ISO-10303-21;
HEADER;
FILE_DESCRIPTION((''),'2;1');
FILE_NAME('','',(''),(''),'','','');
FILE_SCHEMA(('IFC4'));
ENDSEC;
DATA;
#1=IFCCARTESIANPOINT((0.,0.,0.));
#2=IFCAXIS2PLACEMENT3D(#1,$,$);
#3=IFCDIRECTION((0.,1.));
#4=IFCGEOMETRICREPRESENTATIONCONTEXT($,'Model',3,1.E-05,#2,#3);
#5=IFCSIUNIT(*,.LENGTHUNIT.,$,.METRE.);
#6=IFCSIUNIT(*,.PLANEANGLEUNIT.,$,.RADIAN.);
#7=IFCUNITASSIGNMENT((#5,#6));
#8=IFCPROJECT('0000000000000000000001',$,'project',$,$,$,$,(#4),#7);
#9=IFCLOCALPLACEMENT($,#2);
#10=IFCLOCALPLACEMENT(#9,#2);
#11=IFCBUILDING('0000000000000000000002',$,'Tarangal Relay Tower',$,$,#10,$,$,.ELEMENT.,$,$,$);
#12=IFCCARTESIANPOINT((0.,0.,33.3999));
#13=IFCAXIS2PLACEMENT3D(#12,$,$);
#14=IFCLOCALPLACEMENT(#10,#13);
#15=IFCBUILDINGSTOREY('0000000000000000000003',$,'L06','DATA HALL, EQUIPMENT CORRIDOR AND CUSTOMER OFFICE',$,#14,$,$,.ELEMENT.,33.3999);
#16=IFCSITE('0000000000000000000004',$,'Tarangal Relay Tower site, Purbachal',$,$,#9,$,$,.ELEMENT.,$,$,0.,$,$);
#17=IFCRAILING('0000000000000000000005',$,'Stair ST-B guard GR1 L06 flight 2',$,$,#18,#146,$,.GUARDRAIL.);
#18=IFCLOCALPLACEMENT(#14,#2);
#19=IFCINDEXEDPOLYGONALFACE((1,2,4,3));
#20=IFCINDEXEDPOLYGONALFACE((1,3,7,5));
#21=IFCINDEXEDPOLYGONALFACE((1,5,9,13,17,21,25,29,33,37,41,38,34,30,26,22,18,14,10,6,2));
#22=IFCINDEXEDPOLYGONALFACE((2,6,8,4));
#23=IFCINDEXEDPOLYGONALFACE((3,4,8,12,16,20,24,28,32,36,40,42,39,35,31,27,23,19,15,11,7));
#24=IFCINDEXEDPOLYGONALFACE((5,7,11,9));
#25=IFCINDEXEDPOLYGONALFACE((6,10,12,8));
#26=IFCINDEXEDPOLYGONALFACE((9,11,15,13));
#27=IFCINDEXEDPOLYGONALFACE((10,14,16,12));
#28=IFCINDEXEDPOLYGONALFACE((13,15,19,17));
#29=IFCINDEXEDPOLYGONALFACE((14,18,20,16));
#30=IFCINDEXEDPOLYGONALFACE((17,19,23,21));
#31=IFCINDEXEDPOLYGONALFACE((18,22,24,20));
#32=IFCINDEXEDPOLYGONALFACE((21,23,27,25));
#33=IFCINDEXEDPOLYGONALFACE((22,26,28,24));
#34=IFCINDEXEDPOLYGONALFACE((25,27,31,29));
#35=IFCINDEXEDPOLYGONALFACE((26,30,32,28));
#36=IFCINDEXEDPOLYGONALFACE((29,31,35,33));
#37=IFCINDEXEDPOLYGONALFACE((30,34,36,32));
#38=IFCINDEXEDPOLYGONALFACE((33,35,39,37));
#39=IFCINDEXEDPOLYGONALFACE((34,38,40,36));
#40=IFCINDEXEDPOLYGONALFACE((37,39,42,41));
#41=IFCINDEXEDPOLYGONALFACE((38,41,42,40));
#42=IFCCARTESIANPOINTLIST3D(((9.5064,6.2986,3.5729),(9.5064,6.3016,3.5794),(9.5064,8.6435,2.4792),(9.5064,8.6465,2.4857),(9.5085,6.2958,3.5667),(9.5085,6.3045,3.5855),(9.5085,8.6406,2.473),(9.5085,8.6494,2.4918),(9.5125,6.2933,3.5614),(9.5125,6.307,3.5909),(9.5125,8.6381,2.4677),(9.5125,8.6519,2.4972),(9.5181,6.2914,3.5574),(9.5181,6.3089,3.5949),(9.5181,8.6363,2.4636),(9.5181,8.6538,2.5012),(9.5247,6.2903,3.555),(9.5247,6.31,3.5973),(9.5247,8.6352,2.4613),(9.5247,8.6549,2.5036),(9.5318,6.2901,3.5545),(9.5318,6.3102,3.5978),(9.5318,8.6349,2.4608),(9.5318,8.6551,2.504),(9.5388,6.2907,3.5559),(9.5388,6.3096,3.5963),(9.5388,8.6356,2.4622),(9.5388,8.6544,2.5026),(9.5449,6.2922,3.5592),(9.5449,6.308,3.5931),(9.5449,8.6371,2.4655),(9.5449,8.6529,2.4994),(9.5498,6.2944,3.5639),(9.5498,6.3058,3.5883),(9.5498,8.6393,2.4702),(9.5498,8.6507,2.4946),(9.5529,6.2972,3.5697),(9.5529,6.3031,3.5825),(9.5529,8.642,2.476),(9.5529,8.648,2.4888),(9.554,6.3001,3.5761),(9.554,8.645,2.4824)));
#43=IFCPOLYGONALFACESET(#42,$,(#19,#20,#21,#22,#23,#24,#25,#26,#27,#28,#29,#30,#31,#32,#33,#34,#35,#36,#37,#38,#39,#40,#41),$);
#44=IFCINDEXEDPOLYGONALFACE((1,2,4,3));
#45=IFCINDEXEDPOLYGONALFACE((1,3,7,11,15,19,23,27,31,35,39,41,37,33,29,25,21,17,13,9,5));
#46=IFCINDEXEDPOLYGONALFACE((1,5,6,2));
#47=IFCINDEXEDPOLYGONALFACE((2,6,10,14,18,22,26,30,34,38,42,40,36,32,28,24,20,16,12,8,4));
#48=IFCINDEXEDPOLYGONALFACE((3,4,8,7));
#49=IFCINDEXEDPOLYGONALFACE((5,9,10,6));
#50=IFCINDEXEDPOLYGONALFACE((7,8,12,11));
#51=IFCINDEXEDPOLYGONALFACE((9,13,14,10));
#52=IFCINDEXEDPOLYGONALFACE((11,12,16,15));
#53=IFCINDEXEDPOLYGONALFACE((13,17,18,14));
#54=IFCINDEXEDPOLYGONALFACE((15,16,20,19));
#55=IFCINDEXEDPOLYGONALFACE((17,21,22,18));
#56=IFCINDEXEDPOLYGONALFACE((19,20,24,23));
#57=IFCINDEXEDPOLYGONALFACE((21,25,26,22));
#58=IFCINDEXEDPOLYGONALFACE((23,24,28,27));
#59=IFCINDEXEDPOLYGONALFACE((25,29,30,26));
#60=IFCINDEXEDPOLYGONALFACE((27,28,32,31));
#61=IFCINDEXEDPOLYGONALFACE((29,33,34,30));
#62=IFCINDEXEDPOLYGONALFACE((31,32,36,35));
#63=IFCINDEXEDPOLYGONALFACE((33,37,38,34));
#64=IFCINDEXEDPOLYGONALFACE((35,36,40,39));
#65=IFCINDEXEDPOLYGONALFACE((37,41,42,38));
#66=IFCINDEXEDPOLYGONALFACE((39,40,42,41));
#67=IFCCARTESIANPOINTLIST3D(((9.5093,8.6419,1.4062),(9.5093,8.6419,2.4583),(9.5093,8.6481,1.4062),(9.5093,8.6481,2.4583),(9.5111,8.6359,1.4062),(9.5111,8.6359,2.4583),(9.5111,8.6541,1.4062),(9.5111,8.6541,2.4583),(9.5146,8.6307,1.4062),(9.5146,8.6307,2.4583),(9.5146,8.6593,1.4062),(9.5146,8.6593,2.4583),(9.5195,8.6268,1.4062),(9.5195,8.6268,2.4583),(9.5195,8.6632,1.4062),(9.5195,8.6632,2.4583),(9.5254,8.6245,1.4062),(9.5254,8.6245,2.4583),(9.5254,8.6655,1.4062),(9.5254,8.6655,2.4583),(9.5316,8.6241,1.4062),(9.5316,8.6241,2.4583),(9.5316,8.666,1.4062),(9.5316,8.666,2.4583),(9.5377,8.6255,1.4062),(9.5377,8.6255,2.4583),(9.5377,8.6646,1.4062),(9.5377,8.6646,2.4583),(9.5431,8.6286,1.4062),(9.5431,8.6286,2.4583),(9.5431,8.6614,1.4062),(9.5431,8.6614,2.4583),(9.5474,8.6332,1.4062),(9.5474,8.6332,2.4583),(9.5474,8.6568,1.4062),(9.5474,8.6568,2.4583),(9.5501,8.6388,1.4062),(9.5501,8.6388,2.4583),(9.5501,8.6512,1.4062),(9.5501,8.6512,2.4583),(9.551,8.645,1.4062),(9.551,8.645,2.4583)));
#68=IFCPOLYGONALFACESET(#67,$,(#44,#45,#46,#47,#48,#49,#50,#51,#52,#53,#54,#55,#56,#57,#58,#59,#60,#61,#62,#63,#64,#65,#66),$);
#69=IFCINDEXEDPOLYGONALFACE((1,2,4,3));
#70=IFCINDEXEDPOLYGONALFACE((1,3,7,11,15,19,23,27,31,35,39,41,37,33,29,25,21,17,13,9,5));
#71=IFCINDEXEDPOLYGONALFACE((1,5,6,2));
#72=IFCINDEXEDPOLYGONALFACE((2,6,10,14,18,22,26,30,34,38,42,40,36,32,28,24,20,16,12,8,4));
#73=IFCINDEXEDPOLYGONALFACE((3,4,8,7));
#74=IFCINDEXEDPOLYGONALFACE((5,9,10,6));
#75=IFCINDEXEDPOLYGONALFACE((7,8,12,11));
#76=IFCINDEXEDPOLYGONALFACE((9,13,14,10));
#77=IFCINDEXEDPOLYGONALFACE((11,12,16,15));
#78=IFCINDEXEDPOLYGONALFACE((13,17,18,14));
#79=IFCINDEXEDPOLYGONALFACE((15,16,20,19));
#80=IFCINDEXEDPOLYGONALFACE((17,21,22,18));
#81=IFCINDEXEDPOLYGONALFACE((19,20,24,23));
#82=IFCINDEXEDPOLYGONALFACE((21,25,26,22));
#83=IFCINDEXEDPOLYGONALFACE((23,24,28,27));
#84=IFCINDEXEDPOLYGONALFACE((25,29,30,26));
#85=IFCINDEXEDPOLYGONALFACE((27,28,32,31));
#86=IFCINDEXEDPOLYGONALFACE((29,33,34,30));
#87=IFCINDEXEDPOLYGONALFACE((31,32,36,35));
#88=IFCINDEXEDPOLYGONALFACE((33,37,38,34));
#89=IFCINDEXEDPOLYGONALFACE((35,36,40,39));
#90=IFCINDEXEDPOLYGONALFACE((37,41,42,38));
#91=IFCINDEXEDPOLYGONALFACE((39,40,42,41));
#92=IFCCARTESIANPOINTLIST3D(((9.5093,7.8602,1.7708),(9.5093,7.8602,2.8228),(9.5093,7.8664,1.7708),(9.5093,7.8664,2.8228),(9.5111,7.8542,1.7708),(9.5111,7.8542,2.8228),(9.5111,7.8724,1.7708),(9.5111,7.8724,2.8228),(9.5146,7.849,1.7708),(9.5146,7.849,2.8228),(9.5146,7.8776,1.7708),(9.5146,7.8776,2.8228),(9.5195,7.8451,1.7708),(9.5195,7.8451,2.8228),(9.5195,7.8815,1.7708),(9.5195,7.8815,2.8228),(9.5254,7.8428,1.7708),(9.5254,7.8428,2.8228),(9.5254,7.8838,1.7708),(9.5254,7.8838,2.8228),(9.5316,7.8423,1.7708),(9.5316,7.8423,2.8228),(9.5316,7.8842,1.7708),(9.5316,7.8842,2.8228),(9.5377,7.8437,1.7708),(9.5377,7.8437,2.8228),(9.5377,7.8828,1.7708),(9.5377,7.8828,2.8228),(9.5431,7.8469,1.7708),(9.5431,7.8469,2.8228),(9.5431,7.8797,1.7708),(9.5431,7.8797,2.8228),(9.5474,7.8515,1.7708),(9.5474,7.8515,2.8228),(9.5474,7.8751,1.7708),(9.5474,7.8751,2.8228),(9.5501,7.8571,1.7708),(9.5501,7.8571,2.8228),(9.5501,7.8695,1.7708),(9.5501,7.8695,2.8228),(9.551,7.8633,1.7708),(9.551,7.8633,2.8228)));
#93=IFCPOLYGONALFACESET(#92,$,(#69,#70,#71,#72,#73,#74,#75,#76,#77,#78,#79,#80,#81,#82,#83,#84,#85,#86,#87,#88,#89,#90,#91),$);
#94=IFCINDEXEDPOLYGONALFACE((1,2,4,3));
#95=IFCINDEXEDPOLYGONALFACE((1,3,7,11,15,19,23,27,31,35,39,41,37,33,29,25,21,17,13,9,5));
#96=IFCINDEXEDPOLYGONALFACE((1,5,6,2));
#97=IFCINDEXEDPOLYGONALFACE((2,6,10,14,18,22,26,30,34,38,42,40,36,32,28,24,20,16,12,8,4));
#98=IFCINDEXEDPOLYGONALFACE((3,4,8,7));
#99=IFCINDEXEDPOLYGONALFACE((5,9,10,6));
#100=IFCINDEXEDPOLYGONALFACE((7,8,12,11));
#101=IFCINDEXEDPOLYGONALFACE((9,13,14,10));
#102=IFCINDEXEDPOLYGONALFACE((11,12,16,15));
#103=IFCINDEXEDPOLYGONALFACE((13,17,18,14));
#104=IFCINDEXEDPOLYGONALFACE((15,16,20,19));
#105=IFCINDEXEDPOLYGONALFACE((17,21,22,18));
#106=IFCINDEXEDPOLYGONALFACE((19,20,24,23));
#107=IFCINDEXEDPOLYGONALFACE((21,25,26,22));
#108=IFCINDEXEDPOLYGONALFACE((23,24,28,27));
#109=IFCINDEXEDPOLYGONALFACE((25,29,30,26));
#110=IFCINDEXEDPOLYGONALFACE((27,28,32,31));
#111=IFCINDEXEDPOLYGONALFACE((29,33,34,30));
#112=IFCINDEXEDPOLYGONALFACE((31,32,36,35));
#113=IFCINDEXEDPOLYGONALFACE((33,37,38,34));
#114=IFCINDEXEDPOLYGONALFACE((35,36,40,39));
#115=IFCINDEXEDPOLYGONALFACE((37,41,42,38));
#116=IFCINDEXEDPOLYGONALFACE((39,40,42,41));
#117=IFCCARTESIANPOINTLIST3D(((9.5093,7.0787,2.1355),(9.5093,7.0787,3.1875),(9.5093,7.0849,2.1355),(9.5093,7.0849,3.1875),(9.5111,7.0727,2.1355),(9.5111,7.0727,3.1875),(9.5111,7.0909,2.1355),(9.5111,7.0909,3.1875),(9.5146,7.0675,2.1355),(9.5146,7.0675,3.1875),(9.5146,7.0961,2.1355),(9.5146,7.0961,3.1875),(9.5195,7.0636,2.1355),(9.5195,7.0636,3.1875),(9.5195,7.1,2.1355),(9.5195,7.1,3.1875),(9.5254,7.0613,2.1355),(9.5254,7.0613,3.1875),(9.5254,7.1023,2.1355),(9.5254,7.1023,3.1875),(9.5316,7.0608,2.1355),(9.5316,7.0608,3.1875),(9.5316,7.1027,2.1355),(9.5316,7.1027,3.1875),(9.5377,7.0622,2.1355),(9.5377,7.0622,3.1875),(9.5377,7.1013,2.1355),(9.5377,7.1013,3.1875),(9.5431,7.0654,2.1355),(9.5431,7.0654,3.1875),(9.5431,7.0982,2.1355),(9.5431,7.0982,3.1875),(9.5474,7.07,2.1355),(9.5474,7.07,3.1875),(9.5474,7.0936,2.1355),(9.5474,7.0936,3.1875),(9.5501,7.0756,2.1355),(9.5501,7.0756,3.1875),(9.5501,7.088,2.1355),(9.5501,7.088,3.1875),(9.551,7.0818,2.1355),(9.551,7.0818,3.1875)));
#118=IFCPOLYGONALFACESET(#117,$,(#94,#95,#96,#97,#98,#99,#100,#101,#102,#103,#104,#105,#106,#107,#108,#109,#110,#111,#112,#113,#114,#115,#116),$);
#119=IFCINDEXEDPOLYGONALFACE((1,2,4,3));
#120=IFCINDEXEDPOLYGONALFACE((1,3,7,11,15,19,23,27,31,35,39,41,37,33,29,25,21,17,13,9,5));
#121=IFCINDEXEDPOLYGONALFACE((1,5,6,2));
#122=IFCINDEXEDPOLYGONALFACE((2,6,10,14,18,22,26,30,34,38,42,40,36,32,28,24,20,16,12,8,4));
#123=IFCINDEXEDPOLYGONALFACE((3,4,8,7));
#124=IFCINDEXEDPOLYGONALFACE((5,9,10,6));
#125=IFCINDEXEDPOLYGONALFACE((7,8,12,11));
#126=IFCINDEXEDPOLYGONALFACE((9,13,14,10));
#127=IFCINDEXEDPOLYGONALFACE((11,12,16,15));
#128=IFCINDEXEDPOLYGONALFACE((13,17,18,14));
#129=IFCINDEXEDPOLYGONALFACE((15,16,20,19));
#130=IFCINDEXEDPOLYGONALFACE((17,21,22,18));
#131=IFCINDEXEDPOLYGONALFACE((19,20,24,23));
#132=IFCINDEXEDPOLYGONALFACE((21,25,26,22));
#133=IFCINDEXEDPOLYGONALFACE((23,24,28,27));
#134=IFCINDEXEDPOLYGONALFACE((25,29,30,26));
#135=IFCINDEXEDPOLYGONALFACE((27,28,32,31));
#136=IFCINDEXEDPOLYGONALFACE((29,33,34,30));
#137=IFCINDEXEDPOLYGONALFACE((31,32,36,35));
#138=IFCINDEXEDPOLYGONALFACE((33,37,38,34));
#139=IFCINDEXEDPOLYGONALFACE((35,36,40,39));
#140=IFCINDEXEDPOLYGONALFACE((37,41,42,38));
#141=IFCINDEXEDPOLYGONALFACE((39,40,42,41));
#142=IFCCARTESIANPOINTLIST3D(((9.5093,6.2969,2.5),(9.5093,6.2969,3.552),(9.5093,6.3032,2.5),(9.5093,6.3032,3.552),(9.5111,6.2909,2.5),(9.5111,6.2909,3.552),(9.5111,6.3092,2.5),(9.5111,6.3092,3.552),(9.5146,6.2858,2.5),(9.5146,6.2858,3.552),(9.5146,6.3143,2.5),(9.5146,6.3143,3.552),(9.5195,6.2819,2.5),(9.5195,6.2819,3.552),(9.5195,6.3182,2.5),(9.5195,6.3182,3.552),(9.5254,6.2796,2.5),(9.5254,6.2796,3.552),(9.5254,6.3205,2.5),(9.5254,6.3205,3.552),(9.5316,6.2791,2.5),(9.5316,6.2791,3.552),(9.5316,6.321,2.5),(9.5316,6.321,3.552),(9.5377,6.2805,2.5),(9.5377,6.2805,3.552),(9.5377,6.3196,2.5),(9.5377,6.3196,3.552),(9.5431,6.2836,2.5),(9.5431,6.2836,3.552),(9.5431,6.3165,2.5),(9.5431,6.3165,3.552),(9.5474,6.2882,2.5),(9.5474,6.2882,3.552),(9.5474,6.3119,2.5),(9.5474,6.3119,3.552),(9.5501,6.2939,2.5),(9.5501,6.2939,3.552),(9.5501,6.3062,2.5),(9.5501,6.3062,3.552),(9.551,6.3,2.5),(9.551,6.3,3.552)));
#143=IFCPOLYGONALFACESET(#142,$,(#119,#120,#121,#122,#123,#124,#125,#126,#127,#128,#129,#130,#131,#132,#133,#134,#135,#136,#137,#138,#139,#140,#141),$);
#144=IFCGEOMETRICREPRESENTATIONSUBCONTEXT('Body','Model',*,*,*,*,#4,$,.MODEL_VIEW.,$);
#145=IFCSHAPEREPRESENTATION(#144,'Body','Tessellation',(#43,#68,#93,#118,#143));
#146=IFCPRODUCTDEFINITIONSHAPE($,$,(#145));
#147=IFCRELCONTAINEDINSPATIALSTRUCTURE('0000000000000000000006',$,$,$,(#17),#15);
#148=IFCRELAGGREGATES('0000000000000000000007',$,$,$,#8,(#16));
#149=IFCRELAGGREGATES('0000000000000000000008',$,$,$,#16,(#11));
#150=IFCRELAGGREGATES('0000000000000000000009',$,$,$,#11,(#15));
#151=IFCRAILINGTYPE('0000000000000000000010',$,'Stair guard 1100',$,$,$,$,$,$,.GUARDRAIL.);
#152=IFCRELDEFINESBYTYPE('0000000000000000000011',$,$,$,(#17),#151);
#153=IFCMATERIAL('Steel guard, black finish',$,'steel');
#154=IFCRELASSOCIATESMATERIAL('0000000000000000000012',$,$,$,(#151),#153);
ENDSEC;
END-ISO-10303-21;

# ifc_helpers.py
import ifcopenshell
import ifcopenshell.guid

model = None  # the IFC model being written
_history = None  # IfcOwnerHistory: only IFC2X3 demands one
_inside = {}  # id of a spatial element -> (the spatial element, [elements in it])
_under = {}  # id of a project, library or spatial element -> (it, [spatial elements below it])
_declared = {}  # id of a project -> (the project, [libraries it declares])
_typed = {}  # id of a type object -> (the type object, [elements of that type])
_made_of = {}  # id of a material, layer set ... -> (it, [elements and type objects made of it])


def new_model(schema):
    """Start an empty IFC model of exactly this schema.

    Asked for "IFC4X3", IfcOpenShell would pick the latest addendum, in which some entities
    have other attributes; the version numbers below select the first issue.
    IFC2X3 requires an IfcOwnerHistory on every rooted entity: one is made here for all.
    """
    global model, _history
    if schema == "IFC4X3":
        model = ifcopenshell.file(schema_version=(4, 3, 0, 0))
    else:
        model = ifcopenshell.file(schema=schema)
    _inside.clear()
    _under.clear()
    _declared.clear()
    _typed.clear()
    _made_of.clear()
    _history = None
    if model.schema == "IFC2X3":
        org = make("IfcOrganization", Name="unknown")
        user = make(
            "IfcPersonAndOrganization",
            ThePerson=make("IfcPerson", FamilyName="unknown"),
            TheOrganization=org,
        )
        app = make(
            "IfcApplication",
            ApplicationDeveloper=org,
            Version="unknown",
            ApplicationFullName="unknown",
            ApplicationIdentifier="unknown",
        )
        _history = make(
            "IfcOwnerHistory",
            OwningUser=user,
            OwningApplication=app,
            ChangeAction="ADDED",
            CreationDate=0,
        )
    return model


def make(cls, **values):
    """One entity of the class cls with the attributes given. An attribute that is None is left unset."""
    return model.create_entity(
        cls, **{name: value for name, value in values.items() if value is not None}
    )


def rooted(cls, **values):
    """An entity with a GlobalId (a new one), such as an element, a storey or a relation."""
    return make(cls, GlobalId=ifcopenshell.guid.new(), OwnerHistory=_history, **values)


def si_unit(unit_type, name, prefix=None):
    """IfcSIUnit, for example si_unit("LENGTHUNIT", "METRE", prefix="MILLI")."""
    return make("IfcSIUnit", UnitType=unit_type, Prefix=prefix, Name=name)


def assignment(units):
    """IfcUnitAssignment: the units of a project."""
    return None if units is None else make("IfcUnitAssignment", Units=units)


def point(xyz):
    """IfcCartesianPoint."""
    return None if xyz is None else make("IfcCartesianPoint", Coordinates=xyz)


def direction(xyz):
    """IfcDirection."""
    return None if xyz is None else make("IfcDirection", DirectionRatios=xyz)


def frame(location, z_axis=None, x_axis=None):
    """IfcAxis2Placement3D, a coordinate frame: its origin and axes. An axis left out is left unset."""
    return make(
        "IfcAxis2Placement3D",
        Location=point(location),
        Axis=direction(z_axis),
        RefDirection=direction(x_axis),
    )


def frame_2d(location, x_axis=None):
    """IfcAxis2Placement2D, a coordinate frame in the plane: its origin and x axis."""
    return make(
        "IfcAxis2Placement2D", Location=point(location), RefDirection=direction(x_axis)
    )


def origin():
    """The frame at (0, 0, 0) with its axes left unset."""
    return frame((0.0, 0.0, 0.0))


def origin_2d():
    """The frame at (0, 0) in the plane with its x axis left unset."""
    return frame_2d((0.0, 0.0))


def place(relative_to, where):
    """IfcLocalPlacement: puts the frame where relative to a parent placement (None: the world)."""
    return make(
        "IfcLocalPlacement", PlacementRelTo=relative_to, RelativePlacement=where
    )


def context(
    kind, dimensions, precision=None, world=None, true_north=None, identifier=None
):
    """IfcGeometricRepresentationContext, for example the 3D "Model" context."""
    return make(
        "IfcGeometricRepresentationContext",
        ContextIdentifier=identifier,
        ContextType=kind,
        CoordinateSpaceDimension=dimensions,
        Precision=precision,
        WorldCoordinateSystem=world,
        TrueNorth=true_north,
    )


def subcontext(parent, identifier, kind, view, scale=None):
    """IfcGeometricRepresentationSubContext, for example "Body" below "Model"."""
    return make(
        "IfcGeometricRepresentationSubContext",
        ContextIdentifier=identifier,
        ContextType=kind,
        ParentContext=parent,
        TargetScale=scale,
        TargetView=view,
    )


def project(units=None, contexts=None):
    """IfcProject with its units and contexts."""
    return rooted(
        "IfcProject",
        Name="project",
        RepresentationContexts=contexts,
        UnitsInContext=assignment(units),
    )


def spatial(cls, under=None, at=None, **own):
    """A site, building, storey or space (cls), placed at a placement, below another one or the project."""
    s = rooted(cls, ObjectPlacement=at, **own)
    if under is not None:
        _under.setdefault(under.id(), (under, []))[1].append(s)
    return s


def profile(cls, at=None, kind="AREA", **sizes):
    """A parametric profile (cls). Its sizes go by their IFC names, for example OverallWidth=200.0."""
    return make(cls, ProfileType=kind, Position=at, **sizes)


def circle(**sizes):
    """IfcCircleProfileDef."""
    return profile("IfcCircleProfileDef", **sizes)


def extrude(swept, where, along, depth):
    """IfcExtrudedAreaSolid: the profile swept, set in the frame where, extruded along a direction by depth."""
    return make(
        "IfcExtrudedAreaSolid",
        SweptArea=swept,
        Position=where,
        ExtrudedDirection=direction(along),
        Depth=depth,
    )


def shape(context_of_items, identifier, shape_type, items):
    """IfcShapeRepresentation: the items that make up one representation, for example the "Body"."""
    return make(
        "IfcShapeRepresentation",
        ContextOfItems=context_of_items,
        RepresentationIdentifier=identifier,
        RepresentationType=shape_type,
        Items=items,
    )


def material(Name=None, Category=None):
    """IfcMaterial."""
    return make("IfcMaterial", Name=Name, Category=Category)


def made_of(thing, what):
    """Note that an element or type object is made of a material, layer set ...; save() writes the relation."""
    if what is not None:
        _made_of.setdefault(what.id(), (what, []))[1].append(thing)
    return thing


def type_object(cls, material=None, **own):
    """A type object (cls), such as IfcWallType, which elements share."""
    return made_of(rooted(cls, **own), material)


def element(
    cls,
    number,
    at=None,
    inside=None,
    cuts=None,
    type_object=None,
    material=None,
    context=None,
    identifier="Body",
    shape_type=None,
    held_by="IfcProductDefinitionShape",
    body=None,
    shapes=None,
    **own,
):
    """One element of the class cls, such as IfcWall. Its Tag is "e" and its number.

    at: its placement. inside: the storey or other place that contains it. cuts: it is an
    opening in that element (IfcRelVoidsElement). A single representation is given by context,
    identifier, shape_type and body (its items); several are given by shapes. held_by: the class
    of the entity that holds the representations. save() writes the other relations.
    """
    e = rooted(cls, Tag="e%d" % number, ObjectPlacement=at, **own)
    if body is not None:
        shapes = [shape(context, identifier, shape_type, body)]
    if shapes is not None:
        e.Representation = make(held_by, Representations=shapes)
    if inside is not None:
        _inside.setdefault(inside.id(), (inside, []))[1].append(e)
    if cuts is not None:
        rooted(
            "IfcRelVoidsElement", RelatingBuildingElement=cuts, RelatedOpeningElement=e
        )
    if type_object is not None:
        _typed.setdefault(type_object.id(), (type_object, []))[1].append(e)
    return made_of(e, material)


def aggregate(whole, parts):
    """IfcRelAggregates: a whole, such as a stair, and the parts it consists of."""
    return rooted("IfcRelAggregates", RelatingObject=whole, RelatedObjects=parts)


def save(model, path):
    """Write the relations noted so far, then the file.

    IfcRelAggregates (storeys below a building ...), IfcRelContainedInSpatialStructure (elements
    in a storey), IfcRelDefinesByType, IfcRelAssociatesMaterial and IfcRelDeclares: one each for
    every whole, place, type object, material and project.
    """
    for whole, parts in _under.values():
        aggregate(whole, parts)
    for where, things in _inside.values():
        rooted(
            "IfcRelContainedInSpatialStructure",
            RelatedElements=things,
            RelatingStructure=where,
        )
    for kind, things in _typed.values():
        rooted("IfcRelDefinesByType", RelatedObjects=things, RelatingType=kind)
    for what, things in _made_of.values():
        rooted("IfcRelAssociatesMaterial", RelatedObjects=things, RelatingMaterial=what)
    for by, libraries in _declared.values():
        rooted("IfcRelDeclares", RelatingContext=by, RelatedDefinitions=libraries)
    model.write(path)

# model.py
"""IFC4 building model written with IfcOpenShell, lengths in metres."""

from ifc_helpers import new_model, si_unit, direction, frame, origin, origin_2d, place, context, subcontext, project, spatial, circle, extrude, material, type_object, element, save


model = new_model("IFC4")

# Units and contexts
model_context = context("Model", 3, precision=1e-05, world=origin(), true_north=direction((0.0, 1.0)))
body_context = subcontext(model_context, "Body", "Model", "MODEL_VIEW")
ifc_project = project(units=[si_unit("LENGTHUNIT", "METRE"), si_unit("PLANEANGLEUNIT", "RADIAN")], contexts=[model_context])

# Site, building, storey
site_placement = place(None, origin())
site = spatial("IfcSite", under=ifc_project, at=site_placement, Name="Tarangal Relay Tower site, Purbachal", CompositionType="ELEMENT", RefElevation=0.0)
building_placement = place(site_placement, origin())
building = spatial("IfcBuilding", under=site, at=building_placement, Name="Tarangal Relay Tower", CompositionType="ELEMENT")
storey_placement = place(building_placement, frame((0.0, 0.0, 33.3999)))
storey = spatial("IfcBuildingStorey", under=building, at=storey_placement, Name="L06", Description="DATA HALL, EQUIPMENT CORRIDOR AND CUSTOMER OFFICE", CompositionType="ELEMENT", Elevation=33.3999)

# Railing
ifc_material_1 = material(Name="Steel guard, black finish", Category="steel")
railing_type_1 = type_object("IfcRailingType", Name="Stair guard 1100", PredefinedType="GUARDRAIL", material=ifc_material_1)
railing_1_placement = place(storey_placement, frame((9.53, 8.645, 1.4062)))
element("IfcRailing", 1, at=railing_1_placement, inside=storey, type_object=railing_type_1, Name="Stair ST-B guard GR1 L06 flight 2", PredefinedType="GUARDRAIL", context=body_context, shape_type="SweptSolid", body=[
    extrude(circle(Radius=0.0239, at=origin_2d()), frame((0.0, 0.0, 1.0762), z_axis=(0.0, -0.906267, 0.422705), x_axis=(1.0, 0.0, 0.0)), (0.0, 0.0, 1.0), 2.5874),
    extrude(circle(Radius=0.021, at=origin_2d()), origin(), (0.0, 0.0, 1.0), 1.052),
    extrude(circle(Radius=0.021, at=origin_2d()), frame((0.0, -0.7817, 0.3645)), (0.0, 0.0, 1.0), 1.052),
    extrude(circle(Radius=0.021, at=origin_2d()), frame((0.0, -1.5632, 0.7292)), (0.0, 0.0, 1.0), 1.052),
    extrude(circle(Radius=0.021, at=origin_2d()), frame((0.0, -2.345, 1.0938)), (0.0, 0.0, 1.0), 1.052),
])

save(model, "model.ifc")
